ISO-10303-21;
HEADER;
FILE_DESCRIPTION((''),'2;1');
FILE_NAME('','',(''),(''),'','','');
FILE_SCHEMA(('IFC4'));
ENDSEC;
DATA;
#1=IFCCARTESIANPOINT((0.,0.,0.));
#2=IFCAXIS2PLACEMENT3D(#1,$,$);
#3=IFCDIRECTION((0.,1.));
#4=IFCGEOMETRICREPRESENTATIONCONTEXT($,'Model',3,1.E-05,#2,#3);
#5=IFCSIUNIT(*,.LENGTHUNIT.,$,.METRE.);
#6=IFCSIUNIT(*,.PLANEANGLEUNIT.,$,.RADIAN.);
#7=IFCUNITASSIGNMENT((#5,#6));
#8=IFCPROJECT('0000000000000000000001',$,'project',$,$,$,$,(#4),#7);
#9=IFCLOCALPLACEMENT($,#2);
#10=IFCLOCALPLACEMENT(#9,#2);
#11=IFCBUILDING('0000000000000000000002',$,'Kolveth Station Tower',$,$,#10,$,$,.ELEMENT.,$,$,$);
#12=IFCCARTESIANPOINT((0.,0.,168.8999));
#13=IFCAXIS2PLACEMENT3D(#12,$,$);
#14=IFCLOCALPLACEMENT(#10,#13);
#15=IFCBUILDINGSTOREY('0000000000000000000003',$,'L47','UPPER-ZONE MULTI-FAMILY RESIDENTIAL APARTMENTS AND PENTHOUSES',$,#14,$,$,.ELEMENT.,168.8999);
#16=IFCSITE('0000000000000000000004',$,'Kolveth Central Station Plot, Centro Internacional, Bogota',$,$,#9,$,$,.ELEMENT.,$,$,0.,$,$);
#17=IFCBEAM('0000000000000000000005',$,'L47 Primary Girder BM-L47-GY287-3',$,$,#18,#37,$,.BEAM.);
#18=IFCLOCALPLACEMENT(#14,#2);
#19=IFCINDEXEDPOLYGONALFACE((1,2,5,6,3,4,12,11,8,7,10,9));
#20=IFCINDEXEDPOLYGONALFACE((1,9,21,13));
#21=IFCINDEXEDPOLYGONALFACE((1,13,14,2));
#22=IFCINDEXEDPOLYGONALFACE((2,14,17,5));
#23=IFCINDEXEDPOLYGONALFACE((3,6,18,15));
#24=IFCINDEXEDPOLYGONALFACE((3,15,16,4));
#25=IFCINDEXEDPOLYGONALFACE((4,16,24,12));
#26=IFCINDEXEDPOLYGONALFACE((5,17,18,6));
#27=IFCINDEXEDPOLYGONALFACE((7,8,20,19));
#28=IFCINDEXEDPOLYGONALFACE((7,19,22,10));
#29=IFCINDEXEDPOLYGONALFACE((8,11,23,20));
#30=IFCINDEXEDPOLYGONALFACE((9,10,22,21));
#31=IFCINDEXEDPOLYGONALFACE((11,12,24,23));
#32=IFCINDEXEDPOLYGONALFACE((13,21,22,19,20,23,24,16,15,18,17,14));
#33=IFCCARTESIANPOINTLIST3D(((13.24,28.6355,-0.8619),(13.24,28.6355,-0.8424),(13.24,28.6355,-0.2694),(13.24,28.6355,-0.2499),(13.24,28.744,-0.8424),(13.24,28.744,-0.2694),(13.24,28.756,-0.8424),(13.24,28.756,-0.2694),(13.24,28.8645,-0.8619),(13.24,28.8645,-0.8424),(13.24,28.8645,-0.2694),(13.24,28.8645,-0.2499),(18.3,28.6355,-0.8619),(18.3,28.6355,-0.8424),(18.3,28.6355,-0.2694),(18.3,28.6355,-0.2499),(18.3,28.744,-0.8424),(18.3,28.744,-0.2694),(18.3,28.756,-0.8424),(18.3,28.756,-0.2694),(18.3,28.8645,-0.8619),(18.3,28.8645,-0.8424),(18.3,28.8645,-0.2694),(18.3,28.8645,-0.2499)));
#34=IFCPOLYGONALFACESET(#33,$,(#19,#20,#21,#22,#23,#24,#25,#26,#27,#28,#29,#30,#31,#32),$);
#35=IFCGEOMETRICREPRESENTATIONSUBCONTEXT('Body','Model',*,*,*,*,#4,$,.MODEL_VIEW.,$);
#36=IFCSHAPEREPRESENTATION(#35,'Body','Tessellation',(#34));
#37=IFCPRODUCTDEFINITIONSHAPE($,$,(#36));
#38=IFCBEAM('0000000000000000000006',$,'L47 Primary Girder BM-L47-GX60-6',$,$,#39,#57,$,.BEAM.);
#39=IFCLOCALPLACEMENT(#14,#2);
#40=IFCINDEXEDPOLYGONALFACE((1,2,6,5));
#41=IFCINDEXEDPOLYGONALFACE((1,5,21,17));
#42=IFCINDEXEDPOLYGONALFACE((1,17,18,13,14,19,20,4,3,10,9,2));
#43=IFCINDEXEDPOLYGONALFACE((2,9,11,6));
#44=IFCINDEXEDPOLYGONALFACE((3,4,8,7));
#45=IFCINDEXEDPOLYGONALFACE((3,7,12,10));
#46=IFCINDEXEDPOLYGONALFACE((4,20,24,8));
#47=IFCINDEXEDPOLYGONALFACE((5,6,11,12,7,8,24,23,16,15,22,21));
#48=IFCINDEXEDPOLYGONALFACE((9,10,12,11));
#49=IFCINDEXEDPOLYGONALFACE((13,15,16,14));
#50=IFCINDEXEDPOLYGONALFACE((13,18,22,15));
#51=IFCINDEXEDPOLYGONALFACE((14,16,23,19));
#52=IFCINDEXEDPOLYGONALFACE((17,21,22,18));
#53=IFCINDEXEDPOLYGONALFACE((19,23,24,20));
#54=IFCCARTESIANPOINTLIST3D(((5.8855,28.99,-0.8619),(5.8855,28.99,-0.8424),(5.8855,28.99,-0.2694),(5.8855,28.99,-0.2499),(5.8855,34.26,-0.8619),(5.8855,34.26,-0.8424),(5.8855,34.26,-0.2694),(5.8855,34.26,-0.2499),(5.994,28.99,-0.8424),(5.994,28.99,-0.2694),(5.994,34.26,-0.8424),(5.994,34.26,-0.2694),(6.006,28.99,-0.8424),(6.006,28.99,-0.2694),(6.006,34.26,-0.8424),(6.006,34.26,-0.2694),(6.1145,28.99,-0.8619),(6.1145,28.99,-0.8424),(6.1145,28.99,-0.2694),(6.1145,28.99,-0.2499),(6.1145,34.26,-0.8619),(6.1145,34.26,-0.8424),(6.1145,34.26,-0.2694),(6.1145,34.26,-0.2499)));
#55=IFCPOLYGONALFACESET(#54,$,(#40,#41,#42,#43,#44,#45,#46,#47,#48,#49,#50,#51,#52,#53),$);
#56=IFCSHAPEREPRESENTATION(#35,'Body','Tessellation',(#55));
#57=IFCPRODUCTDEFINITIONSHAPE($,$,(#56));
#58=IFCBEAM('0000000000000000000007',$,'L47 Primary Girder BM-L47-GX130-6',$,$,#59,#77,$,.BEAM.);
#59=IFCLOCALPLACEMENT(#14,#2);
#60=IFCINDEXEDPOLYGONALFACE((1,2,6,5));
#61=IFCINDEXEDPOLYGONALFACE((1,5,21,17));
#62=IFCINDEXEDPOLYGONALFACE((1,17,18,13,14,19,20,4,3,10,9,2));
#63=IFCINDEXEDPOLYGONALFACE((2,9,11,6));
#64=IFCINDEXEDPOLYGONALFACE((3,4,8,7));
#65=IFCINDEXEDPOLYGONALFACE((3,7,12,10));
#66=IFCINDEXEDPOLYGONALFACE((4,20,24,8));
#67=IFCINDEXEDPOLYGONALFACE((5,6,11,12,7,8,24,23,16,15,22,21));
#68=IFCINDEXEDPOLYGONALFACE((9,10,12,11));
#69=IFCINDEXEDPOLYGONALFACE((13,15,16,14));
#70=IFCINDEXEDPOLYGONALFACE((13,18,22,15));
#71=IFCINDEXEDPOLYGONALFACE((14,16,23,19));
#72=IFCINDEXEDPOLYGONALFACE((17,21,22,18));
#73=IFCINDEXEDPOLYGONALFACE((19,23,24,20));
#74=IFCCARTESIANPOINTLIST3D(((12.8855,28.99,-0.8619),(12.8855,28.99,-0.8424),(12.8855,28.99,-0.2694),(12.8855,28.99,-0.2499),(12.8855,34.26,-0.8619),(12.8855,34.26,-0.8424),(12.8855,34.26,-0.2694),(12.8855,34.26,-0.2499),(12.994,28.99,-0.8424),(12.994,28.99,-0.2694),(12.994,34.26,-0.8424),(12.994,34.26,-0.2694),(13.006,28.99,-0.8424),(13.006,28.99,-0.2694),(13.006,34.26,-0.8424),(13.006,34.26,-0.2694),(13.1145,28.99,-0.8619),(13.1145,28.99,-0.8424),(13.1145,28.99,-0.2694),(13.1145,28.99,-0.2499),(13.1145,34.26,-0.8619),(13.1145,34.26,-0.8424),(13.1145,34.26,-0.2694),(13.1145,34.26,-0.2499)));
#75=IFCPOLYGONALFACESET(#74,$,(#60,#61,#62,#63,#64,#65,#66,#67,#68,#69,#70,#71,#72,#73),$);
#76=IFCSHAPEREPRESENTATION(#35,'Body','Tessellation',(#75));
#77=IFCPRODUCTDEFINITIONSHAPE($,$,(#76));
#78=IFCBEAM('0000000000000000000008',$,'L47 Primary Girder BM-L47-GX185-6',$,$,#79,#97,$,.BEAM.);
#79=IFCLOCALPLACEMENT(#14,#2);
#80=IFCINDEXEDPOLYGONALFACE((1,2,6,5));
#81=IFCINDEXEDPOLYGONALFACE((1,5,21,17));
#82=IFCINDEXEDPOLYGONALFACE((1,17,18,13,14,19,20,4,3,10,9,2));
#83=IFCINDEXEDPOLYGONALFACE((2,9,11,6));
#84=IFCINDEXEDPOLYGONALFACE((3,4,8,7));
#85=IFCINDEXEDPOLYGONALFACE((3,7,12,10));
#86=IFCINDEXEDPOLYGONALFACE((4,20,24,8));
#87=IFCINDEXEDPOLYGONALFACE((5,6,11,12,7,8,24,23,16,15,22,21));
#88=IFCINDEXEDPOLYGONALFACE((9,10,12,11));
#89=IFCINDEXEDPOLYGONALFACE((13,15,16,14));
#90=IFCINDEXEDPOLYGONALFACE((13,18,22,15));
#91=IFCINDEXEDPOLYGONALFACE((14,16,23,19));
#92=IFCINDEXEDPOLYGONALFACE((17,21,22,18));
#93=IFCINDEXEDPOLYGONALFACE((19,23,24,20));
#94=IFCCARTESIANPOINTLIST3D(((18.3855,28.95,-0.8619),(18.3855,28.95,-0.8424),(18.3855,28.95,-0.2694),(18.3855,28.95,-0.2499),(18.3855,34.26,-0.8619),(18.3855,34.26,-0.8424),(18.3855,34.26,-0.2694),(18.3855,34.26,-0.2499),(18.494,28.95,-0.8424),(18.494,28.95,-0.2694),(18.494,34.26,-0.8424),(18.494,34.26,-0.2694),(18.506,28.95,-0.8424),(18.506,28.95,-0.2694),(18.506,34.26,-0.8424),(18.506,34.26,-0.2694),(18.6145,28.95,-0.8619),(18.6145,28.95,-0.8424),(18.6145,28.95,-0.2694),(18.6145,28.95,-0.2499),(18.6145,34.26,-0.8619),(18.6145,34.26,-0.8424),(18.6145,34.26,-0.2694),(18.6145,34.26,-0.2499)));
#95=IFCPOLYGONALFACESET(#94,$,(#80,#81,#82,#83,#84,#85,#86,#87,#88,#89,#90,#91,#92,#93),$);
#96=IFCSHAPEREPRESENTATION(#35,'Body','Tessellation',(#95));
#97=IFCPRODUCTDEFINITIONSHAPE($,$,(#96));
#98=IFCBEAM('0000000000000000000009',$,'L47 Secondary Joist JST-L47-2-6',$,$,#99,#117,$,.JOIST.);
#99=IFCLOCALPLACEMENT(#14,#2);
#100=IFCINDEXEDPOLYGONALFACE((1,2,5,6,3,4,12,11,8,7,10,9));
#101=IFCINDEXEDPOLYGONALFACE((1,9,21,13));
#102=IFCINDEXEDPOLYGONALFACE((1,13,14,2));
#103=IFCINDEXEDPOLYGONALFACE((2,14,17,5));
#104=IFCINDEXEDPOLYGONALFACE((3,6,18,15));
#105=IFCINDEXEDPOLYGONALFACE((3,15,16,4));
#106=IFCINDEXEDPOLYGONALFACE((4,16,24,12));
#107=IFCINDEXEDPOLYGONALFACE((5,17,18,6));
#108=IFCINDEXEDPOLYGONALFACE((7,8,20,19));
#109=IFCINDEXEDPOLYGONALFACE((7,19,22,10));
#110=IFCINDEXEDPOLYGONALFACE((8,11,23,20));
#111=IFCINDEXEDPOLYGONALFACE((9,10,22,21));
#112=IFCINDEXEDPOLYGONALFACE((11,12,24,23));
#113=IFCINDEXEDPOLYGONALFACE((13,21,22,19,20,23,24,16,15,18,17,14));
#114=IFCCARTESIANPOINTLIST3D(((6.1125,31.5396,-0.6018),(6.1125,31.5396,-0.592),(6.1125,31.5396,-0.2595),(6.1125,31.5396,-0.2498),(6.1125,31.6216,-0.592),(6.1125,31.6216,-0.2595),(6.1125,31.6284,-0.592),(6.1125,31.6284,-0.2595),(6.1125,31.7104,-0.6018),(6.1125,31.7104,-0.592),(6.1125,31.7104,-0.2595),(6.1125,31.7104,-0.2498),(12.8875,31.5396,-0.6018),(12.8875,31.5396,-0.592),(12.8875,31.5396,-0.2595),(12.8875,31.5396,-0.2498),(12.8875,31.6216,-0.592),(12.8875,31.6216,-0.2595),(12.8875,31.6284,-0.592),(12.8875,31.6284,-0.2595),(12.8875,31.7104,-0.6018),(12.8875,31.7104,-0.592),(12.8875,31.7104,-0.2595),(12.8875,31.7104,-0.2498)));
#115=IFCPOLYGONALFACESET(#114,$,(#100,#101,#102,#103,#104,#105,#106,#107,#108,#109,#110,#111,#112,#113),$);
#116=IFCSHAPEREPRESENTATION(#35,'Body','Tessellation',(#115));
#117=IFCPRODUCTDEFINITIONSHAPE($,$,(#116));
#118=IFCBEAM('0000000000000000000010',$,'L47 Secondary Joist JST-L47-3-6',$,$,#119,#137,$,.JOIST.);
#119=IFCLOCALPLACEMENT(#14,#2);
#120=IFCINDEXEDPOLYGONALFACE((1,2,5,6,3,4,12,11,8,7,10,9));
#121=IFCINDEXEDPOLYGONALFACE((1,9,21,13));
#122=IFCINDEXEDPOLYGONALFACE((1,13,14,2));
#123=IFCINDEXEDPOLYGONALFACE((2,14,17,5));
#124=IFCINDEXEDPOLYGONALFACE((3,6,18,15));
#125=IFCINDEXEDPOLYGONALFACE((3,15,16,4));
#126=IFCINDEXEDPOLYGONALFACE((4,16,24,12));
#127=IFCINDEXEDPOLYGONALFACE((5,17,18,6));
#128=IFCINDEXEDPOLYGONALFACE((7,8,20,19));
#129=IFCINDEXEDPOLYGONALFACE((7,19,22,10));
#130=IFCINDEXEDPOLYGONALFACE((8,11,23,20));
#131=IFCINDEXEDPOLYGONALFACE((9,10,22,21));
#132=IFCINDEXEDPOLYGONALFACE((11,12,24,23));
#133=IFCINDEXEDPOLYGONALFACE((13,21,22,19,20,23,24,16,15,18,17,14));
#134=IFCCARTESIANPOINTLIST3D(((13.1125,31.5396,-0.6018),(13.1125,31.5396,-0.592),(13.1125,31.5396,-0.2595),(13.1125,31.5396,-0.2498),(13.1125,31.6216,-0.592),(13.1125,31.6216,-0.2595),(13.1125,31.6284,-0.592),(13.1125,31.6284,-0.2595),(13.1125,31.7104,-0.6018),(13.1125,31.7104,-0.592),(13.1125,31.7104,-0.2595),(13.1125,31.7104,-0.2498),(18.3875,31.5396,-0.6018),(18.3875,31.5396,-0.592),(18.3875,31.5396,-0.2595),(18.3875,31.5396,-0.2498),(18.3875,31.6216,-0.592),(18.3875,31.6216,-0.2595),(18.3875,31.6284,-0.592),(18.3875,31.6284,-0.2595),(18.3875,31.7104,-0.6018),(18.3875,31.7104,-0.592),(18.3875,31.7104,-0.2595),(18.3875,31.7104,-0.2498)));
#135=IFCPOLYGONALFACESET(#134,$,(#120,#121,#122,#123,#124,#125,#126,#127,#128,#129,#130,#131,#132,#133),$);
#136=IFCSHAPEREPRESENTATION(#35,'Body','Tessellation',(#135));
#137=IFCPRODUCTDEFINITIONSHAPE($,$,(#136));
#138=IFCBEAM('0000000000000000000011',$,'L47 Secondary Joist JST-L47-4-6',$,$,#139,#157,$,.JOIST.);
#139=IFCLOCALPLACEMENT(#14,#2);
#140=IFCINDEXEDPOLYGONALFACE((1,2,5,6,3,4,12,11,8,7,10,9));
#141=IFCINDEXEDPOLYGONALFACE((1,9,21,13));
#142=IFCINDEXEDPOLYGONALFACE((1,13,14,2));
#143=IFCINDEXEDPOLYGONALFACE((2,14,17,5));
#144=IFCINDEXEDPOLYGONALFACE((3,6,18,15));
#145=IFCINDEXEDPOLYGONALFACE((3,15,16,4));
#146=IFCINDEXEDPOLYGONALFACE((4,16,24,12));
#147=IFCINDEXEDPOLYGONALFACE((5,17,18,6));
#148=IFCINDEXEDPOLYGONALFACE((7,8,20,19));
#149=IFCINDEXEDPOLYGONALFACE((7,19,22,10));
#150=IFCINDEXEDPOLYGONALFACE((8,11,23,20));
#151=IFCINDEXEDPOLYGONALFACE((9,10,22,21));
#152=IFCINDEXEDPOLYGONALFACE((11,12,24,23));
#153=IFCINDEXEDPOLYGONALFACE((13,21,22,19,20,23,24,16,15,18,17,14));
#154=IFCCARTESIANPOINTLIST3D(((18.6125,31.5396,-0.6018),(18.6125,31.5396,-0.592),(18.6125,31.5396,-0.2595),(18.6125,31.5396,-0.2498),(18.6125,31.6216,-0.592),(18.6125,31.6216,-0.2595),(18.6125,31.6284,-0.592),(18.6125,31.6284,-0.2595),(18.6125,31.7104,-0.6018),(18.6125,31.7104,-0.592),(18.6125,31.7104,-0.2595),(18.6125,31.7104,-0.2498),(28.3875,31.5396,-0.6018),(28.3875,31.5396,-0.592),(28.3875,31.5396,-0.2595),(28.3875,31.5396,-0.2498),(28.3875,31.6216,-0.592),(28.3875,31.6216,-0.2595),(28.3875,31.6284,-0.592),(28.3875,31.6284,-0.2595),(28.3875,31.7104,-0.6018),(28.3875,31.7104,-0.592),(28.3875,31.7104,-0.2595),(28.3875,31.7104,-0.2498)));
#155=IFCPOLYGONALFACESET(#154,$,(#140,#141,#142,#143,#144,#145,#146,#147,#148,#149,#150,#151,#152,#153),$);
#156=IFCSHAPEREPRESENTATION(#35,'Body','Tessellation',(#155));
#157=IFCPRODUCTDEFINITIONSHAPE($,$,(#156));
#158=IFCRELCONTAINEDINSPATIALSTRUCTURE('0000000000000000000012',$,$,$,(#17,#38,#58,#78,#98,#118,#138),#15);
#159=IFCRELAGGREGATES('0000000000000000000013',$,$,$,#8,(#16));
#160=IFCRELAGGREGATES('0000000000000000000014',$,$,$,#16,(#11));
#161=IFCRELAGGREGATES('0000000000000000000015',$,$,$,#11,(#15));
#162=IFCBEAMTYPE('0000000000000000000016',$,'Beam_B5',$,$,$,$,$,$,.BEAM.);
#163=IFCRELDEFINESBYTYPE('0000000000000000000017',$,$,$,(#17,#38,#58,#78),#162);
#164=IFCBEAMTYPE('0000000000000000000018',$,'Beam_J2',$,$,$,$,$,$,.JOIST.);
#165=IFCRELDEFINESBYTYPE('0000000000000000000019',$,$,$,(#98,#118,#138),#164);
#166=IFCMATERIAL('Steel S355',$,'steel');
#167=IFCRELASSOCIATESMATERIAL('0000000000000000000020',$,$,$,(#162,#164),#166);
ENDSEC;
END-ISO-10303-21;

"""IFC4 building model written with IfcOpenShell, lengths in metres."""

from ifc_helpers import new_model, si_unit, direction, frame, origin, origin_2d, place, context, subcontext, project, spatial, i_section, extrude, source, transform, mapped, material, material_profile, profile_set, type_object, element, save


model = new_model("IFC4")

# Units and contexts
model_context = context("Model", 3, precision=1e-05, world=origin(), true_north=direction((0.0, 1.0)))
body_context = subcontext(model_context, "Body", "Model", "MODEL_VIEW")
ifc_project = project(units=[si_unit("LENGTHUNIT", "METRE"), si_unit("PLANEANGLEUNIT", "RADIAN")], contexts=[model_context])

# Site, building, storey
site_placement = place(None, origin())
site = spatial("IfcSite", under=ifc_project, at=site_placement, Name="Kolveth Central Station Plot, Centro Internacional, Bogota", CompositionType="ELEMENT", RefElevation=0.0)
building_placement = place(site_placement, origin())
building = spatial("IfcBuilding", under=site, at=building_placement, Name="Kolveth Station Tower", CompositionType="ELEMENT")
storey_placement = place(building_placement, frame((0.0, 0.0, 168.8999)))
storey = spatial("IfcBuildingStorey", under=building, at=storey_placement, Name="L47", Description="UPPER-ZONE MULTI-FAMILY RESIDENTIAL APARTMENTS AND PENTHOUSES", CompositionType="ELEMENT", Elevation=168.8999)

# Shared definitions
ifc_material_1 = material(Name="Steel S355", Category="steel")

# Beams
ifc_material_profile_1 = material_profile(ifc_material_1, i_section(OverallWidth=0.229, OverallDepth=0.6121, WebThickness=0.012, FlangeThickness=0.0195, at=origin_2d()), Name="W610x125")
ifc_profile_set_1 = profile_set([ifc_material_profile_1], Name="Steel S355")
beam_type_1 = type_object("IfcBeamType", Name="Beam_B5", PredefinedType="BEAM", material=ifc_profile_set_1)
shared_shape_1 = source(origin(), body_context, "Body", "SweptSolid", [
    extrude(i_section(OverallWidth=0.229, OverallDepth=0.6121, WebThickness=0.012, FlangeThickness=0.0195, at=origin_2d()), origin(), (0.0, 0.0, 1.0), 5.0601),
])
beam_1_placement = place(storey_placement, frame((13.24, 28.75, -0.5559), z_axis=(1.0, 0.0, 0.0), x_axis=(0.0, 1.0, 0.0)))
element("IfcBeam", 1, at=beam_1_placement, inside=storey, type_object=beam_type_1, Name="L47 Primary Girder BM-L47-GY287-3", PredefinedType="BEAM", context=body_context, shape_type="MappedRepresentation", body=[
    mapped(shared_shape_1, transform((0.0, 0.0, 0.0), x_axis=(1.0, 0.0, 0.0), y_axis=(0.0, 1.0, 0.0), z_axis=(0.0, 0.0, 1.0), scale=1.0)),
])
shared_shape_2 = source(origin(), body_context, "Body", "SweptSolid", [
    extrude(i_section(OverallWidth=0.229, OverallDepth=0.6121, WebThickness=0.012, FlangeThickness=0.0195, at=origin_2d()), origin(), (0.0, 0.0, 1.0), 5.27),
])
for number, where, z_axis, x_axis, name in (
    (2, (6.0, 28.99, -0.5559), (0.0, 1.0, 0.0), (-1.0, 0.0, 0.0), "L47 Primary Girder BM-L47-GX60-6"),
    (3, (13.0, 28.99, -0.5559), (0.0, 1.0, 0.0), (-1.0, 0.0, 0.0), "L47 Primary Girder BM-L47-GX130-6"),
):
    element("IfcBeam", number, at=place(storey_placement, frame(where, z_axis=z_axis, x_axis=x_axis)), inside=storey, type_object=beam_type_1, Name=name, PredefinedType="BEAM", context=body_context, shape_type="MappedRepresentation", body=[
        mapped(shared_shape_2, transform((0.0, 0.0, 0.0), x_axis=(1.0, 0.0, 0.0), y_axis=(0.0, 1.0, 0.0), z_axis=(0.0, 0.0, 1.0), scale=1.0)),
    ])
shared_shape_3 = source(origin(), body_context, "Body", "SweptSolid", [
    extrude(i_section(OverallWidth=0.229, OverallDepth=0.6121, WebThickness=0.012, FlangeThickness=0.0195, at=origin_2d()), origin(), (0.0, 0.0, 1.0), 5.3101),
])
beam_2_placement = place(storey_placement, frame((18.5, 28.95, -0.5559), z_axis=(0.0, 1.0, 0.0), x_axis=(-1.0, 0.0, 0.0)))
element("IfcBeam", 4, at=beam_2_placement, inside=storey, type_object=beam_type_1, Name="L47 Primary Girder BM-L47-GX185-6", PredefinedType="BEAM", context=body_context, shape_type="MappedRepresentation", body=[
    mapped(shared_shape_3, transform((0.0, 0.0, 0.0), x_axis=(1.0, 0.0, 0.0), y_axis=(0.0, 1.0, 0.0), z_axis=(0.0, 0.0, 1.0), scale=1.0)),
])
ifc_material_profile_2 = material_profile(ifc_material_1, i_section(OverallWidth=0.1709, OverallDepth=0.3521, WebThickness=0.0068, FlangeThickness=0.0098, at=origin_2d()), Name="W360x44")
ifc_profile_set_2 = profile_set([ifc_material_profile_2], Name="Steel S355")
beam_type_2 = type_object("IfcBeamType", Name="Beam_J2", PredefinedType="JOIST", material=ifc_profile_set_2)
shared_shape_4 = source(origin(), body_context, "Body", "SweptSolid", [
    extrude(i_section(OverallWidth=0.1709, OverallDepth=0.3521, WebThickness=0.0068, FlangeThickness=0.0098, at=origin_2d()), origin(), (0.0, 0.0, 1.0), 6.7749),
])
beam_3_placement = place(storey_placement, frame((6.1125, 31.625, -0.4258), z_axis=(1.0, 0.0, 0.0), x_axis=(0.0, 1.0, 0.0)))
element("IfcBeam", 5, at=beam_3_placement, inside=storey, type_object=beam_type_2, Name="L47 Secondary Joist JST-L47-2-6", PredefinedType="JOIST", context=body_context, shape_type="MappedRepresentation", body=[
    mapped(shared_shape_4, transform((0.0, 0.0, 0.0), x_axis=(1.0, 0.0, 0.0), y_axis=(0.0, 1.0, 0.0), z_axis=(0.0, 0.0, 1.0), scale=1.0)),
])
shared_shape_5 = source(origin(), body_context, "Body", "SweptSolid", [
    extrude(i_section(OverallWidth=0.1709, OverallDepth=0.3521, WebThickness=0.0068, FlangeThickness=0.0098, at=origin_2d()), origin(), (0.0, 0.0, 1.0), 5.2749),
])
beam_4_placement = place(storey_placement, frame((13.1125, 31.625, -0.4258), z_axis=(1.0, 0.0, 0.0), x_axis=(0.0, 1.0, 0.0)))
element("IfcBeam", 6, at=beam_4_placement, inside=storey, type_object=beam_type_2, Name="L47 Secondary Joist JST-L47-3-6", PredefinedType="JOIST", context=body_context, shape_type="MappedRepresentation", body=[
    mapped(shared_shape_5, transform((0.0, 0.0, 0.0), x_axis=(1.0, 0.0, 0.0), y_axis=(0.0, 1.0, 0.0), z_axis=(0.0, 0.0, 1.0), scale=1.0)),
])
shared_shape_6 = source(origin(), body_context, "Body", "SweptSolid", [
    extrude(i_section(OverallWidth=0.1709, OverallDepth=0.3521, WebThickness=0.0068, FlangeThickness=0.0098, at=origin_2d()), origin(), (0.0, 0.0, 1.0), 9.7749),
])
beam_5_placement = place(storey_placement, frame((18.6125, 31.625, -0.4258), z_axis=(1.0, 0.0, 0.0), x_axis=(0.0, 1.0, 0.0)))
element("IfcBeam", 7, at=beam_5_placement, inside=storey, type_object=beam_type_2, Name="L47 Secondary Joist JST-L47-4-6", PredefinedType="JOIST", context=body_context, shape_type="MappedRepresentation", body=[
    mapped(shared_shape_6, transform((0.0, 0.0, 0.0), x_axis=(1.0, 0.0, 0.0), y_axis=(0.0, 1.0, 0.0), z_axis=(0.0, 0.0, 1.0), scale=1.0)),
])

save(model, "model.ifc")
